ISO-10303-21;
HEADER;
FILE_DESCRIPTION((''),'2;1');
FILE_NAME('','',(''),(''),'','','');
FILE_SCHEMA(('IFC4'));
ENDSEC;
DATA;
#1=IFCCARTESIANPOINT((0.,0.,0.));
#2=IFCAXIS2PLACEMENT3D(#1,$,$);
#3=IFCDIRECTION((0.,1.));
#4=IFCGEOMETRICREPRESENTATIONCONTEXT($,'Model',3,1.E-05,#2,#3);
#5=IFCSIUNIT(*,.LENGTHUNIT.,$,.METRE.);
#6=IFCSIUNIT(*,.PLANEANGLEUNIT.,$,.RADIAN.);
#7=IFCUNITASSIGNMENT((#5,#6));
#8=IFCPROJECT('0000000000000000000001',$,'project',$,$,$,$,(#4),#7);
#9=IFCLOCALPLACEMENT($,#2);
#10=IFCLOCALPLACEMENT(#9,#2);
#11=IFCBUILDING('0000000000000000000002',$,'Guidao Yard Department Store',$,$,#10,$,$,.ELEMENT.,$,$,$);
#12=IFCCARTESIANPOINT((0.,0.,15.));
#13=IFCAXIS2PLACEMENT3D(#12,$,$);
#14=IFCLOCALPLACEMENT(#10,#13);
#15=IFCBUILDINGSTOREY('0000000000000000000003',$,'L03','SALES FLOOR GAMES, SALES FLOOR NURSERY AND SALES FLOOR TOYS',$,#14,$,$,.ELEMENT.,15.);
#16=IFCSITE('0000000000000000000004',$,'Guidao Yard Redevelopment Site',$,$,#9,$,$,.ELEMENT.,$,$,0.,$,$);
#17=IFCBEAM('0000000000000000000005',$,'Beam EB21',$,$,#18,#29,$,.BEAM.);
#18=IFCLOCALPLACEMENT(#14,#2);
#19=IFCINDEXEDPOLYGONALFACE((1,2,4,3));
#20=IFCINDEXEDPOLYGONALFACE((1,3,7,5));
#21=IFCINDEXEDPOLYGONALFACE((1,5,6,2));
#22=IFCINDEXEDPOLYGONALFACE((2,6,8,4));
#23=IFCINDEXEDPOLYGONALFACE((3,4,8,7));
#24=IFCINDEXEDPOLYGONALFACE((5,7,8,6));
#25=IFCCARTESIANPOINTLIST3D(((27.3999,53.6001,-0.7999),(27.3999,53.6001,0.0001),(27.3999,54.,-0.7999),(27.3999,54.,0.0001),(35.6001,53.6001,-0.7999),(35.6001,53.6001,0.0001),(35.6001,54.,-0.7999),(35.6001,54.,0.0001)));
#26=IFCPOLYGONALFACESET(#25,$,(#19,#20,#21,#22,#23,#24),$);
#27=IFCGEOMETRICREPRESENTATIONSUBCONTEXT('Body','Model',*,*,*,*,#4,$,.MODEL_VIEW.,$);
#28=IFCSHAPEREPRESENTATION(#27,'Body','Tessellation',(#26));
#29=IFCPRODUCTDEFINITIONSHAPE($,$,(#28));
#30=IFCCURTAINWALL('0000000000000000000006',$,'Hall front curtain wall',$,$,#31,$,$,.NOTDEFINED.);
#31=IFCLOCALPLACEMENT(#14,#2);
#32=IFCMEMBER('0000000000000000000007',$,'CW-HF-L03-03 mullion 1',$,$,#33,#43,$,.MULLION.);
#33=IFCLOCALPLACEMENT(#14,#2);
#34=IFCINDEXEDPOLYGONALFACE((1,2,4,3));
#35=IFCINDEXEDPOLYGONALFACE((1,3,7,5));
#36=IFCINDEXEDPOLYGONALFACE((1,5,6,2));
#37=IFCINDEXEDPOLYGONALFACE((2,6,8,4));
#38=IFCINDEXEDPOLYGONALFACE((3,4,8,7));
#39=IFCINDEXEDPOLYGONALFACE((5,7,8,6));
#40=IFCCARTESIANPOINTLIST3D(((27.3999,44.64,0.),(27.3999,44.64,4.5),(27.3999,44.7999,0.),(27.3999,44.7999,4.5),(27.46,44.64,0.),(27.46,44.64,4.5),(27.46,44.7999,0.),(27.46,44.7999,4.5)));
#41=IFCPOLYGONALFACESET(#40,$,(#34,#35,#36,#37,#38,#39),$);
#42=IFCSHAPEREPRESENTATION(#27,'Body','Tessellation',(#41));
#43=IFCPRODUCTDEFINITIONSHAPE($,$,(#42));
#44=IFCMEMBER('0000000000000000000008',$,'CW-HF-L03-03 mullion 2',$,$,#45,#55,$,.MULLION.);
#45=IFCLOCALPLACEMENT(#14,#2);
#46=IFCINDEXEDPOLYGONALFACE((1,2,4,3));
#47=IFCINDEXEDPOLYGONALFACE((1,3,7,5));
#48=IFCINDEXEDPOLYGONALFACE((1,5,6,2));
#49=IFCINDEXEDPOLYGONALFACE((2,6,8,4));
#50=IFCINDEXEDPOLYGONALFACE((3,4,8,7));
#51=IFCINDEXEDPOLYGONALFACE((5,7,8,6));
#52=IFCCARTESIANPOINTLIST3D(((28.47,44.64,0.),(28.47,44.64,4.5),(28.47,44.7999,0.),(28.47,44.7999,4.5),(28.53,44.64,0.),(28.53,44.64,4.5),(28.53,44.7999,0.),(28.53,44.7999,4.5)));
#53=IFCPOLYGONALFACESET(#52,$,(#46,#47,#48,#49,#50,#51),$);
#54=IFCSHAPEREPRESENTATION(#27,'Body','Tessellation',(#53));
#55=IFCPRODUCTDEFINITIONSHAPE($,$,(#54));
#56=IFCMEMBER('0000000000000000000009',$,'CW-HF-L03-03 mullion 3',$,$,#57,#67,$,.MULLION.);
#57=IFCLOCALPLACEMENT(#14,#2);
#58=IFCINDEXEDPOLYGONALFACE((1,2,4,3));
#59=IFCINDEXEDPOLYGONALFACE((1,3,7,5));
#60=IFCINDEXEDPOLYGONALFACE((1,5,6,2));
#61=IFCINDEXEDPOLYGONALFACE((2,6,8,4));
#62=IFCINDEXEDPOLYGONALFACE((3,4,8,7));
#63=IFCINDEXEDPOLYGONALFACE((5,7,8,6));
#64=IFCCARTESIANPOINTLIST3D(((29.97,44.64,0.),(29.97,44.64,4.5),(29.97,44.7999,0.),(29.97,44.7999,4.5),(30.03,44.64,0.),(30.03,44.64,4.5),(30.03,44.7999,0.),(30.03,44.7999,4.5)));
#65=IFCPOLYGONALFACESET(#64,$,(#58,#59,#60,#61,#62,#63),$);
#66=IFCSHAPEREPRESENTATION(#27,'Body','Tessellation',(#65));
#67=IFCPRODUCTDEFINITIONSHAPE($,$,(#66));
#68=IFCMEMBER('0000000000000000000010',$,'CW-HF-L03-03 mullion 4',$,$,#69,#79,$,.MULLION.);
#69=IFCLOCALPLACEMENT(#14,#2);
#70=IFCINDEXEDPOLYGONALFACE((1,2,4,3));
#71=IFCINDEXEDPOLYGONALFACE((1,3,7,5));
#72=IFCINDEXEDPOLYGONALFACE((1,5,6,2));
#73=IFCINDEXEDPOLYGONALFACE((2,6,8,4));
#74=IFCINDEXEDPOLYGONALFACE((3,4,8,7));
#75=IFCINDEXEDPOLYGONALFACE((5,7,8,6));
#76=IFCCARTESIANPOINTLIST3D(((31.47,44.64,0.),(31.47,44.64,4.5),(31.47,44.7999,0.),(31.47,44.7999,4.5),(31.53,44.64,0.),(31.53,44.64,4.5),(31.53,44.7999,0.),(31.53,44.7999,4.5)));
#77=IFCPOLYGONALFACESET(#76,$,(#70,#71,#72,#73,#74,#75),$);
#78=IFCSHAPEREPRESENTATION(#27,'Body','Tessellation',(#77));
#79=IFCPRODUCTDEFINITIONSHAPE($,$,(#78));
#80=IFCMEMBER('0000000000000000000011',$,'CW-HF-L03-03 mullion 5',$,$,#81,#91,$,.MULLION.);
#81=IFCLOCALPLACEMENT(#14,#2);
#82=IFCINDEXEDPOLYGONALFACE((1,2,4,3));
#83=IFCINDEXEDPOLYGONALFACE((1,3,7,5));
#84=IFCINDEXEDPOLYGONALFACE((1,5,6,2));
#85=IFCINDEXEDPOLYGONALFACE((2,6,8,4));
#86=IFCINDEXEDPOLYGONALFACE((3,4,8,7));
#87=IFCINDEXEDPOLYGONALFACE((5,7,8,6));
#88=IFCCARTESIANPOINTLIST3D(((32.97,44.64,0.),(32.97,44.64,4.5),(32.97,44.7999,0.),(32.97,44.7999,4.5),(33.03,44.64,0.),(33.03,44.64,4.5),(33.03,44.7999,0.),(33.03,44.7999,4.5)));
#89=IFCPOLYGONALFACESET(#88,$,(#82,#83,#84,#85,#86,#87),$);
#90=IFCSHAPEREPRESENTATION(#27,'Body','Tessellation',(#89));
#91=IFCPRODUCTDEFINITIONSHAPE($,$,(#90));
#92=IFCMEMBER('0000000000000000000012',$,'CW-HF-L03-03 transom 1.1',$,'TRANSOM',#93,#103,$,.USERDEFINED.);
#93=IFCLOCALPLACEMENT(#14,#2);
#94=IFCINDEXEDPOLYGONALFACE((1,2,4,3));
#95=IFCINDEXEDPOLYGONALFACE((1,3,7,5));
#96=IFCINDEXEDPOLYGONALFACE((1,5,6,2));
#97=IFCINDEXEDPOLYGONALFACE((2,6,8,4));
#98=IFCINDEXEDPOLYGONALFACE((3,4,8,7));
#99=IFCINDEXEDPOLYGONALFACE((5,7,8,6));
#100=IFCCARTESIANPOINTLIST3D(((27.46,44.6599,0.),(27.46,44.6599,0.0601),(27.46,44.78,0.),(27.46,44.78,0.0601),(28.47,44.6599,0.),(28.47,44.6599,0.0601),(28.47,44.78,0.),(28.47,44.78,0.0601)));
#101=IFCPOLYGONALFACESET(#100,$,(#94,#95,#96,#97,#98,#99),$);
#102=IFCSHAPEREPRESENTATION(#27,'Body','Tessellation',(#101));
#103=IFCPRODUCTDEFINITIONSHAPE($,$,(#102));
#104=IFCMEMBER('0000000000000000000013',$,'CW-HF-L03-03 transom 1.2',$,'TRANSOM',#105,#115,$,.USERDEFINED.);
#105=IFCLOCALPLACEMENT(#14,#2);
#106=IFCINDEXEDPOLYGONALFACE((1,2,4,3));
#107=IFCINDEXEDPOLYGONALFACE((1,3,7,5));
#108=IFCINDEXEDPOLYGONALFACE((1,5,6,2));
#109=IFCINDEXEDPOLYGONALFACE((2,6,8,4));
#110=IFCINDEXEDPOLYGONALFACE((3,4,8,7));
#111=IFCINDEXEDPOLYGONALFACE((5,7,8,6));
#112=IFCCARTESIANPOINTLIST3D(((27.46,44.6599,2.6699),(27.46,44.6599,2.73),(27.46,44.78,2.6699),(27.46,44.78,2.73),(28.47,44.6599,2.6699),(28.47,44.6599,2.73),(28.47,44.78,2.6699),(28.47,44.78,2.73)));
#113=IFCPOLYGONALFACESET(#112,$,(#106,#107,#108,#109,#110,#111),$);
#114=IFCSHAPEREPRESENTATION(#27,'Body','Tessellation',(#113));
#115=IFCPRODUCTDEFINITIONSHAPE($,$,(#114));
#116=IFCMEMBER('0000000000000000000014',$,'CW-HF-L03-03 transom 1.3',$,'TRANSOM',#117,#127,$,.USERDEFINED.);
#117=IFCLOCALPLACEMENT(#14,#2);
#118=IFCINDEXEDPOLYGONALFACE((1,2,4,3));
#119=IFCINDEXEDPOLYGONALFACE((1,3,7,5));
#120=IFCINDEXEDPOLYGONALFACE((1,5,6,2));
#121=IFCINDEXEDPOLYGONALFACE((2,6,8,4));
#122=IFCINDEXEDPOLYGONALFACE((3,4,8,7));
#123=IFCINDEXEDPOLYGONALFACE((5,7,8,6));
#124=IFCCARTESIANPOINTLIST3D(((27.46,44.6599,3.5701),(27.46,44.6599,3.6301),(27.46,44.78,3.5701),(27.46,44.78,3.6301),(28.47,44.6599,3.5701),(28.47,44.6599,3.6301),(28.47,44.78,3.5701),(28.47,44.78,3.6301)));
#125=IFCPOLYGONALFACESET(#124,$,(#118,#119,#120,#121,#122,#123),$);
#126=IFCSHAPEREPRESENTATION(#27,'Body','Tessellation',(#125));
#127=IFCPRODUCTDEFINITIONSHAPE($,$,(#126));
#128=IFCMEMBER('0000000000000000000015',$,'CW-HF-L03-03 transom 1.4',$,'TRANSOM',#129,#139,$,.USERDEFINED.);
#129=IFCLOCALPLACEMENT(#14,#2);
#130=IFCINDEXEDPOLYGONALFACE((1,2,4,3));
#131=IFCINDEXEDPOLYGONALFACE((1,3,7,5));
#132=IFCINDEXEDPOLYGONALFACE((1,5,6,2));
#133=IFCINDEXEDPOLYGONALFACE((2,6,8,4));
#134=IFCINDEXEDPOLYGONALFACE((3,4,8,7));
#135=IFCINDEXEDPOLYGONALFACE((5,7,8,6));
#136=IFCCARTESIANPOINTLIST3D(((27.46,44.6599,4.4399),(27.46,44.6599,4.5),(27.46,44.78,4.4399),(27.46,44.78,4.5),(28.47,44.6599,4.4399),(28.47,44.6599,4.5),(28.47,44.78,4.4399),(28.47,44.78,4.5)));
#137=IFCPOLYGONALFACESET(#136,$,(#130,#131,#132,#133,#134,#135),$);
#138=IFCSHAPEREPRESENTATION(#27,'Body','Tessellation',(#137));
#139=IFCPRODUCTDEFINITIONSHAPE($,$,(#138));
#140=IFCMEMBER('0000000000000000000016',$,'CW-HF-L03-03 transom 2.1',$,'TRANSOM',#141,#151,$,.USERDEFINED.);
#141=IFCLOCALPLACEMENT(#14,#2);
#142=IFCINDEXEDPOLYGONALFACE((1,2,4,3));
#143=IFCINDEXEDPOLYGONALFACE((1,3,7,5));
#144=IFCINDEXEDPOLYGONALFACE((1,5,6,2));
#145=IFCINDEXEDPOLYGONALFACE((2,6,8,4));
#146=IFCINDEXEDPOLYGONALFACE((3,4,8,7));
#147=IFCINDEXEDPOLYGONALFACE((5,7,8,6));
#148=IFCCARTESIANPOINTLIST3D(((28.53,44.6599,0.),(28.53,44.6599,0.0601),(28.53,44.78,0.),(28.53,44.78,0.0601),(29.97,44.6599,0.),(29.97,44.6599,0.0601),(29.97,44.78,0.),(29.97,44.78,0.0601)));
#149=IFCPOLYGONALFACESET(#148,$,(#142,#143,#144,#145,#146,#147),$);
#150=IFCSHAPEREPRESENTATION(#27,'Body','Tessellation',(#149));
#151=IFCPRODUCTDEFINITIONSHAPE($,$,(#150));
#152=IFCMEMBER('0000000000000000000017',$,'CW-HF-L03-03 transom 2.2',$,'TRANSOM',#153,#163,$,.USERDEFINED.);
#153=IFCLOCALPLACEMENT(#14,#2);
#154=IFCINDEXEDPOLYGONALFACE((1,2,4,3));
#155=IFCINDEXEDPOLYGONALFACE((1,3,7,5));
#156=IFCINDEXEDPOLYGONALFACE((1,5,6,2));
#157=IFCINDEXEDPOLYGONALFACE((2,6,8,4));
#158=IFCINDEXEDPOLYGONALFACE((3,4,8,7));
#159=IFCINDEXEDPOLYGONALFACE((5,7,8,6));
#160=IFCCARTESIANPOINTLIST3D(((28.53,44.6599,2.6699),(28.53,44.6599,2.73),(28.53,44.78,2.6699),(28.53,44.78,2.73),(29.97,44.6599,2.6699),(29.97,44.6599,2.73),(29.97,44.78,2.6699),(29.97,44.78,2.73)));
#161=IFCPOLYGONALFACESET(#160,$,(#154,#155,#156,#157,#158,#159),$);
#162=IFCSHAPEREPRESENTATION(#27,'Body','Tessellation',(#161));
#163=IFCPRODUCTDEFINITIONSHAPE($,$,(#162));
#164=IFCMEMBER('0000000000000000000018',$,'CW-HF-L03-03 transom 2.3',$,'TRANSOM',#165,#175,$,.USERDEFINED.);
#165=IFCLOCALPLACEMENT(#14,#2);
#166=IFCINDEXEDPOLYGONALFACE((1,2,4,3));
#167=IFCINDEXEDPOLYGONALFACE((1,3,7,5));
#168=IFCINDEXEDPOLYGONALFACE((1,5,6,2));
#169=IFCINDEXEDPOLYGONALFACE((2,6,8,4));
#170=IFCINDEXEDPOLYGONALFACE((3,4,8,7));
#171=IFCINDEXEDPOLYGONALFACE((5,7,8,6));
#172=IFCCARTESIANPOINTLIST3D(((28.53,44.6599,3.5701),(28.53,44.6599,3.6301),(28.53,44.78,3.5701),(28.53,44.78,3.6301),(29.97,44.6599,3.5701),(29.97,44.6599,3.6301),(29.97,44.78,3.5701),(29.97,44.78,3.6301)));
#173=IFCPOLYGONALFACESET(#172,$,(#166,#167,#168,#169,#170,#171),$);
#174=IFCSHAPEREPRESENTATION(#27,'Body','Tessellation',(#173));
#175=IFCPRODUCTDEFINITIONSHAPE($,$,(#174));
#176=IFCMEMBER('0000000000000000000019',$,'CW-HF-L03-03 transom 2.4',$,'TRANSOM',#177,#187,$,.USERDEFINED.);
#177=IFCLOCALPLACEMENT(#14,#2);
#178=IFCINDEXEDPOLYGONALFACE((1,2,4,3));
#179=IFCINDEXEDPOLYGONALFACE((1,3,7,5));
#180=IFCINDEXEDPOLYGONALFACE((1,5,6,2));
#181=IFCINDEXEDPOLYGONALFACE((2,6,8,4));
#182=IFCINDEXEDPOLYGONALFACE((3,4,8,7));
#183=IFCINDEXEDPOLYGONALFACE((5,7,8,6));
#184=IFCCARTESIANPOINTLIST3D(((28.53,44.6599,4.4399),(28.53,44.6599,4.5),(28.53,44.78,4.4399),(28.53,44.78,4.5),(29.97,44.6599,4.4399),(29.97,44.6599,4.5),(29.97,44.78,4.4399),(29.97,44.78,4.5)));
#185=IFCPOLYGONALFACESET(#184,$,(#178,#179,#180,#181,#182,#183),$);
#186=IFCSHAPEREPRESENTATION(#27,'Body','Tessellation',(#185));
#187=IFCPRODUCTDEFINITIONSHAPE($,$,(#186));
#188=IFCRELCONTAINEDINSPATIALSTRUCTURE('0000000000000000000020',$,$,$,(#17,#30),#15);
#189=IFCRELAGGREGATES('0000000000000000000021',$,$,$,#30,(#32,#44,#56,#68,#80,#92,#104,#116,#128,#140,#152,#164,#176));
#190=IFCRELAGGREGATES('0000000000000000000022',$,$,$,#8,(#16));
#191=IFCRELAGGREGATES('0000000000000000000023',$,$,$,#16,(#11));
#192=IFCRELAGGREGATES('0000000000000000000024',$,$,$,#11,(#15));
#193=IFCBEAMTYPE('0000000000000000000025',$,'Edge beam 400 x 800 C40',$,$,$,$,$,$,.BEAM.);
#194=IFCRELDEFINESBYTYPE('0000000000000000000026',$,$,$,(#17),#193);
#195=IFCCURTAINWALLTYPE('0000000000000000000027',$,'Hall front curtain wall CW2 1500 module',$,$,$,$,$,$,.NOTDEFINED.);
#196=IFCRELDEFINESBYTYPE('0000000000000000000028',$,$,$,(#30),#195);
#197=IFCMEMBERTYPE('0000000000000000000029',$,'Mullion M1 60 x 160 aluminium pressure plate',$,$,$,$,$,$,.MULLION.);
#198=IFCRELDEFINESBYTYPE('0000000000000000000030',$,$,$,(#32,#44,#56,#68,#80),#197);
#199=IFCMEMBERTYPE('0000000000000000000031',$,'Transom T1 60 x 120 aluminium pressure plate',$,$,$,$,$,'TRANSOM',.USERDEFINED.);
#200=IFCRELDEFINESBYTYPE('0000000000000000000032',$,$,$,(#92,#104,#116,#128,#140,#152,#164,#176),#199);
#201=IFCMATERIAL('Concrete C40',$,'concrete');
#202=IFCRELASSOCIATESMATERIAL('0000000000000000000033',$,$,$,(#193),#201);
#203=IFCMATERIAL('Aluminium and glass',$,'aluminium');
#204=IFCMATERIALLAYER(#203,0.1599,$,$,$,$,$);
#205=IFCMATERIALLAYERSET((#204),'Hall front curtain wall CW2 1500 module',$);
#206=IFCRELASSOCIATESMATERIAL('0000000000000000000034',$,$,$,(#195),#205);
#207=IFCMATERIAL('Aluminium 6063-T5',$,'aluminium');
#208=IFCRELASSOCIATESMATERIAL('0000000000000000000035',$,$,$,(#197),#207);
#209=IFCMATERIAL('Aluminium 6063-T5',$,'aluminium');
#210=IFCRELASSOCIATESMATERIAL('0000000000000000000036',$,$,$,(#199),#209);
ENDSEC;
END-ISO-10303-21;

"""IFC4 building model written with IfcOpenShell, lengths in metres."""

from ifc_helpers import new_model, si_unit, direction, frame, origin, origin_2d, place, context, subcontext, project, spatial, rectangle, extrude, material, layer, layer_set, material_profile, profile_set, type_object, element, aggregate, save


model = new_model("IFC4")

# Units and contexts
model_context = context("Model", 3, precision=1e-05, world=origin(), true_north=direction((0.0, 1.0)))
body_context = subcontext(model_context, "Body", "Model", "MODEL_VIEW")
ifc_project = project(units=[si_unit("LENGTHUNIT", "METRE"), si_unit("PLANEANGLEUNIT", "RADIAN")], contexts=[model_context])

# Site, building, storey
site_placement = place(None, origin())
site = spatial("IfcSite", under=ifc_project, at=site_placement, Name="Guidao Yard Redevelopment Site", CompositionType="ELEMENT", RefElevation=0.0)
building_placement = place(site_placement, origin())
building = spatial("IfcBuilding", under=site, at=building_placement, Name="Guidao Yard Department Store", CompositionType="ELEMENT")
storey_placement = place(building_placement, frame((0.0, 0.0, 15.0)))
storey = spatial("IfcBuildingStorey", under=building, at=storey_placement, Name="L03", Description="SALES FLOOR GAMES, SALES FLOOR NURSERY AND SALES FLOOR TOYS", CompositionType="ELEMENT", Elevation=15.0)

# Beam
ifc_material_1 = material(Name="Concrete C40", Category="concrete")
ifc_material_profile_1 = material_profile(ifc_material_1, rectangle(XDim=0.3999, YDim=0.8, at=origin_2d()), Name="Edge beam 400 x 800 C40")
ifc_profile_set_1 = profile_set([ifc_material_profile_1], Name="Concrete C40")
beam_type = type_object("IfcBeamType", Name="Edge beam 400 x 800 C40", PredefinedType="BEAM", material=ifc_profile_set_1)
beam_placement = place(storey_placement, frame((27.3999, 53.8, -0.3999), z_axis=(1.0, 0.0, 0.0), x_axis=(0.0, 1.0, 0.0)))
element("IfcBeam", 1, at=beam_placement, inside=storey, type_object=beam_type, Name="Beam EB21", PredefinedType="BEAM", context=body_context, shape_type="SweptSolid", body=[
    extrude(rectangle(XDim=0.3999, YDim=0.8, at=origin_2d()), origin(), (0.0, 0.0, 1.0), 8.2002),
])

# Curtain wall, members
ifc_material_2 = material(Name="Aluminium and glass", Category="aluminium")
ifc_layer_1 = layer(ifc_material_2, 0.1599)
ifc_layer_set_1 = layer_set([ifc_layer_1], Name="Hall front curtain wall CW2 1500 module")
curtain_wall_type = type_object("IfcCurtainWallType", Name="Hall front curtain wall CW2 1500 module", PredefinedType="NOTDEFINED", material=ifc_layer_set_1)
curtain_wall_placement = place(storey_placement, origin())
curtain_wall = element("IfcCurtainWall", 2, at=curtain_wall_placement, inside=storey, type_object=curtain_wall_type, Name="Hall front curtain wall", PredefinedType="NOTDEFINED")
ifc_material_3 = material(Name="Aluminium 6063-T5", Category="aluminium")
ifc_material_profile_2 = material_profile(ifc_material_3, rectangle(XDim=0.0601, YDim=0.1599, at=origin_2d()), Name="Mullion M1 60 x 160 aluminium pressure plate")
ifc_profile_set_2 = profile_set([ifc_material_profile_2], Name="Aluminium 6063-T5")
member_type_1 = type_object("IfcMemberType", Name="Mullion M1 60 x 160 aluminium pressure plate", PredefinedType="MULLION", material=ifc_profile_set_2)
member_1_placement = place(storey_placement, frame((27.4299, 44.72, 0.0), z_axis=(0.0, 0.0, 1.0), x_axis=(-1.0, 0.0, 0.0)))
member_1 = element("IfcMember", 3, at=member_1_placement, type_object=member_type_1, Name="CW-HF-L03-03 mullion 1", PredefinedType="MULLION", context=body_context, shape_type="SweptSolid", body=[
    extrude(rectangle(XDim=0.0601, YDim=0.1599, at=origin_2d()), origin(), (0.0, 0.0, 1.0), 4.5),
])
member_2_placement = place(storey_placement, frame((28.5, 44.72, 0.0), z_axis=(0.0, 0.0, 1.0), x_axis=(-1.0, 0.0, 0.0)))
member_2 = element("IfcMember", 4, at=member_2_placement, type_object=member_type_1, Name="CW-HF-L03-03 mullion 2", PredefinedType="MULLION", context=body_context, shape_type="SweptSolid", body=[
    extrude(rectangle(XDim=0.0601, YDim=0.1599, at=origin_2d()), origin(), (0.0, 0.0, 1.0), 4.5),
])
member_3_placement = place(storey_placement, frame((30.0, 44.72, 0.0), z_axis=(0.0, 0.0, 1.0), x_axis=(-1.0, 0.0, 0.0)))
member_3 = element("IfcMember", 5, at=member_3_placement, type_object=member_type_1, Name="CW-HF-L03-03 mullion 3", PredefinedType="MULLION", context=body_context, shape_type="SweptSolid", body=[
    extrude(rectangle(XDim=0.0601, YDim=0.1599, at=origin_2d()), origin(), (0.0, 0.0, 1.0), 4.5),
])
member_4_placement = place(storey_placement, frame((31.5, 44.72, 0.0), z_axis=(0.0, 0.0, 1.0), x_axis=(-1.0, 0.0, 0.0)))
member_4 = element("IfcMember", 6, at=member_4_placement, type_object=member_type_1, Name="CW-HF-L03-03 mullion 4", PredefinedType="MULLION", context=body_context, shape_type="SweptSolid", body=[
    extrude(rectangle(XDim=0.0601, YDim=0.1599, at=origin_2d()), origin(), (0.0, 0.0, 1.0), 4.5),
])
member_5_placement = place(storey_placement, frame((33.0, 44.72, 0.0), z_axis=(0.0, 0.0, 1.0), x_axis=(-1.0, 0.0, 0.0)))
member_5 = element("IfcMember", 7, at=member_5_placement, type_object=member_type_1, Name="CW-HF-L03-03 mullion 5", PredefinedType="MULLION", context=body_context, shape_type="SweptSolid", body=[
    extrude(rectangle(XDim=0.0601, YDim=0.1599, at=origin_2d()), origin(), (0.0, 0.0, 1.0), 4.5),
])
ifc_material_4 = material(Name="Aluminium 6063-T5", Category="aluminium")
ifc_material_profile_3 = material_profile(ifc_material_4, rectangle(XDim=0.1201, YDim=0.0601, at=origin_2d()), Name="Transom T1 60 x 120 aluminium pressure plate")
ifc_profile_set_3 = profile_set([ifc_material_profile_3], Name="Aluminium 6063-T5")
member_type_2 = type_object("IfcMemberType", Name="Transom T1 60 x 120 aluminium pressure plate", ElementType="TRANSOM", PredefinedType="USERDEFINED", material=ifc_profile_set_3)
member_6_placement = place(storey_placement, frame((28.47, 44.72, 0.03), z_axis=(-1.0, 0.0, 0.0), x_axis=(0.0, -1.0, 0.0)))
member_6 = element("IfcMember", 8, at=member_6_placement, type_object=member_type_2, Name="CW-HF-L03-03 transom 1.1", ObjectType="TRANSOM", PredefinedType="USERDEFINED", context=body_context, shape_type="SweptSolid", body=[
    extrude(rectangle(XDim=0.1201, YDim=0.0601, at=origin_2d()), origin(), (0.0, 0.0, 1.0), 1.01),
])
member_7_placement = place(storey_placement, frame((28.47, 44.72, 2.7), z_axis=(-1.0, 0.0, 0.0), x_axis=(0.0, -1.0, 0.0)))
member_7 = element("IfcMember", 9, at=member_7_placement, type_object=member_type_2, Name="CW-HF-L03-03 transom 1.2", ObjectType="TRANSOM", PredefinedType="USERDEFINED", context=body_context, shape_type="SweptSolid", body=[
    extrude(rectangle(XDim=0.1201, YDim=0.0601, at=origin_2d()), origin(), (0.0, 0.0, 1.0), 1.01),
])
member_8_placement = place(storey_placement, frame((28.47, 44.72, 3.6001), z_axis=(-1.0, 0.0, 0.0), x_axis=(0.0, -1.0, 0.0)))
member_8 = element("IfcMember", 10, at=member_8_placement, type_object=member_type_2, Name="CW-HF-L03-03 transom 1.3", ObjectType="TRANSOM", PredefinedType="USERDEFINED", context=body_context, shape_type="SweptSolid", body=[
    extrude(rectangle(XDim=0.1201, YDim=0.0601, at=origin_2d()), origin(), (0.0, 0.0, 1.0), 1.01),
])
member_9_placement = place(storey_placement, frame((28.47, 44.72, 4.47), z_axis=(-1.0, 0.0, 0.0), x_axis=(0.0, -1.0, 0.0)))
member_9 = element("IfcMember", 11, at=member_9_placement, type_object=member_type_2, Name="CW-HF-L03-03 transom 1.4", ObjectType="TRANSOM", PredefinedType="USERDEFINED", context=body_context, shape_type="SweptSolid", body=[
    extrude(rectangle(XDim=0.1201, YDim=0.0601, at=origin_2d()), origin(), (0.0, 0.0, 1.0), 1.01),
])
member_10_placement = place(storey_placement, frame((29.97, 44.72, 0.03), z_axis=(-1.0, 0.0, 0.0), x_axis=(0.0, -1.0, 0.0)))
member_10 = element("IfcMember", 12, at=member_10_placement, type_object=member_type_2, Name="CW-HF-L03-03 transom 2.1", ObjectType="TRANSOM", PredefinedType="USERDEFINED", context=body_context, shape_type="SweptSolid", body=[
    extrude(rectangle(XDim=0.1201, YDim=0.0601, at=origin_2d()), origin(), (0.0, 0.0, 1.0), 1.4399),
])
member_11_placement = place(storey_placement, frame((29.97, 44.72, 2.7), z_axis=(-1.0, 0.0, 0.0), x_axis=(0.0, -1.0, 0.0)))
member_11 = element("IfcMember", 13, at=member_11_placement, type_object=member_type_2, Name="CW-HF-L03-03 transom 2.2", ObjectType="TRANSOM", PredefinedType="USERDEFINED", context=body_context, shape_type="SweptSolid", body=[
    extrude(rectangle(XDim=0.1201, YDim=0.0601, at=origin_2d()), origin(), (0.0, 0.0, 1.0), 1.4399),
])
member_12_placement = place(storey_placement, frame((29.97, 44.72, 3.6001), z_axis=(-1.0, 0.0, 0.0), x_axis=(0.0, -1.0, 0.0)))
member_12 = element("IfcMember", 14, at=member_12_placement, type_object=member_type_2, Name="CW-HF-L03-03 transom 2.3", ObjectType="TRANSOM", PredefinedType="USERDEFINED", context=body_context, shape_type="SweptSolid", body=[
    extrude(rectangle(XDim=0.1201, YDim=0.0601, at=origin_2d()), origin(), (0.0, 0.0, 1.0), 1.4399),
])
member_13_placement = place(storey_placement, frame((29.97, 44.72, 4.47), z_axis=(-1.0, 0.0, 0.0), x_axis=(0.0, -1.0, 0.0)))
member_13 = element("IfcMember", 15, at=member_13_placement, type_object=member_type_2, Name="CW-HF-L03-03 transom 2.4", ObjectType="TRANSOM", PredefinedType="USERDEFINED", context=body_context, shape_type="SweptSolid", body=[
    extrude(rectangle(XDim=0.1201, YDim=0.0601, at=origin_2d()), origin(), (0.0, 0.0, 1.0), 1.4399),
])
aggregate(curtain_wall, [member_1, member_2, member_3, member_4, member_5, member_6, member_7, member_8, member_9, member_10, member_11, member_12, member_13])

save(model, "model.ifc")
